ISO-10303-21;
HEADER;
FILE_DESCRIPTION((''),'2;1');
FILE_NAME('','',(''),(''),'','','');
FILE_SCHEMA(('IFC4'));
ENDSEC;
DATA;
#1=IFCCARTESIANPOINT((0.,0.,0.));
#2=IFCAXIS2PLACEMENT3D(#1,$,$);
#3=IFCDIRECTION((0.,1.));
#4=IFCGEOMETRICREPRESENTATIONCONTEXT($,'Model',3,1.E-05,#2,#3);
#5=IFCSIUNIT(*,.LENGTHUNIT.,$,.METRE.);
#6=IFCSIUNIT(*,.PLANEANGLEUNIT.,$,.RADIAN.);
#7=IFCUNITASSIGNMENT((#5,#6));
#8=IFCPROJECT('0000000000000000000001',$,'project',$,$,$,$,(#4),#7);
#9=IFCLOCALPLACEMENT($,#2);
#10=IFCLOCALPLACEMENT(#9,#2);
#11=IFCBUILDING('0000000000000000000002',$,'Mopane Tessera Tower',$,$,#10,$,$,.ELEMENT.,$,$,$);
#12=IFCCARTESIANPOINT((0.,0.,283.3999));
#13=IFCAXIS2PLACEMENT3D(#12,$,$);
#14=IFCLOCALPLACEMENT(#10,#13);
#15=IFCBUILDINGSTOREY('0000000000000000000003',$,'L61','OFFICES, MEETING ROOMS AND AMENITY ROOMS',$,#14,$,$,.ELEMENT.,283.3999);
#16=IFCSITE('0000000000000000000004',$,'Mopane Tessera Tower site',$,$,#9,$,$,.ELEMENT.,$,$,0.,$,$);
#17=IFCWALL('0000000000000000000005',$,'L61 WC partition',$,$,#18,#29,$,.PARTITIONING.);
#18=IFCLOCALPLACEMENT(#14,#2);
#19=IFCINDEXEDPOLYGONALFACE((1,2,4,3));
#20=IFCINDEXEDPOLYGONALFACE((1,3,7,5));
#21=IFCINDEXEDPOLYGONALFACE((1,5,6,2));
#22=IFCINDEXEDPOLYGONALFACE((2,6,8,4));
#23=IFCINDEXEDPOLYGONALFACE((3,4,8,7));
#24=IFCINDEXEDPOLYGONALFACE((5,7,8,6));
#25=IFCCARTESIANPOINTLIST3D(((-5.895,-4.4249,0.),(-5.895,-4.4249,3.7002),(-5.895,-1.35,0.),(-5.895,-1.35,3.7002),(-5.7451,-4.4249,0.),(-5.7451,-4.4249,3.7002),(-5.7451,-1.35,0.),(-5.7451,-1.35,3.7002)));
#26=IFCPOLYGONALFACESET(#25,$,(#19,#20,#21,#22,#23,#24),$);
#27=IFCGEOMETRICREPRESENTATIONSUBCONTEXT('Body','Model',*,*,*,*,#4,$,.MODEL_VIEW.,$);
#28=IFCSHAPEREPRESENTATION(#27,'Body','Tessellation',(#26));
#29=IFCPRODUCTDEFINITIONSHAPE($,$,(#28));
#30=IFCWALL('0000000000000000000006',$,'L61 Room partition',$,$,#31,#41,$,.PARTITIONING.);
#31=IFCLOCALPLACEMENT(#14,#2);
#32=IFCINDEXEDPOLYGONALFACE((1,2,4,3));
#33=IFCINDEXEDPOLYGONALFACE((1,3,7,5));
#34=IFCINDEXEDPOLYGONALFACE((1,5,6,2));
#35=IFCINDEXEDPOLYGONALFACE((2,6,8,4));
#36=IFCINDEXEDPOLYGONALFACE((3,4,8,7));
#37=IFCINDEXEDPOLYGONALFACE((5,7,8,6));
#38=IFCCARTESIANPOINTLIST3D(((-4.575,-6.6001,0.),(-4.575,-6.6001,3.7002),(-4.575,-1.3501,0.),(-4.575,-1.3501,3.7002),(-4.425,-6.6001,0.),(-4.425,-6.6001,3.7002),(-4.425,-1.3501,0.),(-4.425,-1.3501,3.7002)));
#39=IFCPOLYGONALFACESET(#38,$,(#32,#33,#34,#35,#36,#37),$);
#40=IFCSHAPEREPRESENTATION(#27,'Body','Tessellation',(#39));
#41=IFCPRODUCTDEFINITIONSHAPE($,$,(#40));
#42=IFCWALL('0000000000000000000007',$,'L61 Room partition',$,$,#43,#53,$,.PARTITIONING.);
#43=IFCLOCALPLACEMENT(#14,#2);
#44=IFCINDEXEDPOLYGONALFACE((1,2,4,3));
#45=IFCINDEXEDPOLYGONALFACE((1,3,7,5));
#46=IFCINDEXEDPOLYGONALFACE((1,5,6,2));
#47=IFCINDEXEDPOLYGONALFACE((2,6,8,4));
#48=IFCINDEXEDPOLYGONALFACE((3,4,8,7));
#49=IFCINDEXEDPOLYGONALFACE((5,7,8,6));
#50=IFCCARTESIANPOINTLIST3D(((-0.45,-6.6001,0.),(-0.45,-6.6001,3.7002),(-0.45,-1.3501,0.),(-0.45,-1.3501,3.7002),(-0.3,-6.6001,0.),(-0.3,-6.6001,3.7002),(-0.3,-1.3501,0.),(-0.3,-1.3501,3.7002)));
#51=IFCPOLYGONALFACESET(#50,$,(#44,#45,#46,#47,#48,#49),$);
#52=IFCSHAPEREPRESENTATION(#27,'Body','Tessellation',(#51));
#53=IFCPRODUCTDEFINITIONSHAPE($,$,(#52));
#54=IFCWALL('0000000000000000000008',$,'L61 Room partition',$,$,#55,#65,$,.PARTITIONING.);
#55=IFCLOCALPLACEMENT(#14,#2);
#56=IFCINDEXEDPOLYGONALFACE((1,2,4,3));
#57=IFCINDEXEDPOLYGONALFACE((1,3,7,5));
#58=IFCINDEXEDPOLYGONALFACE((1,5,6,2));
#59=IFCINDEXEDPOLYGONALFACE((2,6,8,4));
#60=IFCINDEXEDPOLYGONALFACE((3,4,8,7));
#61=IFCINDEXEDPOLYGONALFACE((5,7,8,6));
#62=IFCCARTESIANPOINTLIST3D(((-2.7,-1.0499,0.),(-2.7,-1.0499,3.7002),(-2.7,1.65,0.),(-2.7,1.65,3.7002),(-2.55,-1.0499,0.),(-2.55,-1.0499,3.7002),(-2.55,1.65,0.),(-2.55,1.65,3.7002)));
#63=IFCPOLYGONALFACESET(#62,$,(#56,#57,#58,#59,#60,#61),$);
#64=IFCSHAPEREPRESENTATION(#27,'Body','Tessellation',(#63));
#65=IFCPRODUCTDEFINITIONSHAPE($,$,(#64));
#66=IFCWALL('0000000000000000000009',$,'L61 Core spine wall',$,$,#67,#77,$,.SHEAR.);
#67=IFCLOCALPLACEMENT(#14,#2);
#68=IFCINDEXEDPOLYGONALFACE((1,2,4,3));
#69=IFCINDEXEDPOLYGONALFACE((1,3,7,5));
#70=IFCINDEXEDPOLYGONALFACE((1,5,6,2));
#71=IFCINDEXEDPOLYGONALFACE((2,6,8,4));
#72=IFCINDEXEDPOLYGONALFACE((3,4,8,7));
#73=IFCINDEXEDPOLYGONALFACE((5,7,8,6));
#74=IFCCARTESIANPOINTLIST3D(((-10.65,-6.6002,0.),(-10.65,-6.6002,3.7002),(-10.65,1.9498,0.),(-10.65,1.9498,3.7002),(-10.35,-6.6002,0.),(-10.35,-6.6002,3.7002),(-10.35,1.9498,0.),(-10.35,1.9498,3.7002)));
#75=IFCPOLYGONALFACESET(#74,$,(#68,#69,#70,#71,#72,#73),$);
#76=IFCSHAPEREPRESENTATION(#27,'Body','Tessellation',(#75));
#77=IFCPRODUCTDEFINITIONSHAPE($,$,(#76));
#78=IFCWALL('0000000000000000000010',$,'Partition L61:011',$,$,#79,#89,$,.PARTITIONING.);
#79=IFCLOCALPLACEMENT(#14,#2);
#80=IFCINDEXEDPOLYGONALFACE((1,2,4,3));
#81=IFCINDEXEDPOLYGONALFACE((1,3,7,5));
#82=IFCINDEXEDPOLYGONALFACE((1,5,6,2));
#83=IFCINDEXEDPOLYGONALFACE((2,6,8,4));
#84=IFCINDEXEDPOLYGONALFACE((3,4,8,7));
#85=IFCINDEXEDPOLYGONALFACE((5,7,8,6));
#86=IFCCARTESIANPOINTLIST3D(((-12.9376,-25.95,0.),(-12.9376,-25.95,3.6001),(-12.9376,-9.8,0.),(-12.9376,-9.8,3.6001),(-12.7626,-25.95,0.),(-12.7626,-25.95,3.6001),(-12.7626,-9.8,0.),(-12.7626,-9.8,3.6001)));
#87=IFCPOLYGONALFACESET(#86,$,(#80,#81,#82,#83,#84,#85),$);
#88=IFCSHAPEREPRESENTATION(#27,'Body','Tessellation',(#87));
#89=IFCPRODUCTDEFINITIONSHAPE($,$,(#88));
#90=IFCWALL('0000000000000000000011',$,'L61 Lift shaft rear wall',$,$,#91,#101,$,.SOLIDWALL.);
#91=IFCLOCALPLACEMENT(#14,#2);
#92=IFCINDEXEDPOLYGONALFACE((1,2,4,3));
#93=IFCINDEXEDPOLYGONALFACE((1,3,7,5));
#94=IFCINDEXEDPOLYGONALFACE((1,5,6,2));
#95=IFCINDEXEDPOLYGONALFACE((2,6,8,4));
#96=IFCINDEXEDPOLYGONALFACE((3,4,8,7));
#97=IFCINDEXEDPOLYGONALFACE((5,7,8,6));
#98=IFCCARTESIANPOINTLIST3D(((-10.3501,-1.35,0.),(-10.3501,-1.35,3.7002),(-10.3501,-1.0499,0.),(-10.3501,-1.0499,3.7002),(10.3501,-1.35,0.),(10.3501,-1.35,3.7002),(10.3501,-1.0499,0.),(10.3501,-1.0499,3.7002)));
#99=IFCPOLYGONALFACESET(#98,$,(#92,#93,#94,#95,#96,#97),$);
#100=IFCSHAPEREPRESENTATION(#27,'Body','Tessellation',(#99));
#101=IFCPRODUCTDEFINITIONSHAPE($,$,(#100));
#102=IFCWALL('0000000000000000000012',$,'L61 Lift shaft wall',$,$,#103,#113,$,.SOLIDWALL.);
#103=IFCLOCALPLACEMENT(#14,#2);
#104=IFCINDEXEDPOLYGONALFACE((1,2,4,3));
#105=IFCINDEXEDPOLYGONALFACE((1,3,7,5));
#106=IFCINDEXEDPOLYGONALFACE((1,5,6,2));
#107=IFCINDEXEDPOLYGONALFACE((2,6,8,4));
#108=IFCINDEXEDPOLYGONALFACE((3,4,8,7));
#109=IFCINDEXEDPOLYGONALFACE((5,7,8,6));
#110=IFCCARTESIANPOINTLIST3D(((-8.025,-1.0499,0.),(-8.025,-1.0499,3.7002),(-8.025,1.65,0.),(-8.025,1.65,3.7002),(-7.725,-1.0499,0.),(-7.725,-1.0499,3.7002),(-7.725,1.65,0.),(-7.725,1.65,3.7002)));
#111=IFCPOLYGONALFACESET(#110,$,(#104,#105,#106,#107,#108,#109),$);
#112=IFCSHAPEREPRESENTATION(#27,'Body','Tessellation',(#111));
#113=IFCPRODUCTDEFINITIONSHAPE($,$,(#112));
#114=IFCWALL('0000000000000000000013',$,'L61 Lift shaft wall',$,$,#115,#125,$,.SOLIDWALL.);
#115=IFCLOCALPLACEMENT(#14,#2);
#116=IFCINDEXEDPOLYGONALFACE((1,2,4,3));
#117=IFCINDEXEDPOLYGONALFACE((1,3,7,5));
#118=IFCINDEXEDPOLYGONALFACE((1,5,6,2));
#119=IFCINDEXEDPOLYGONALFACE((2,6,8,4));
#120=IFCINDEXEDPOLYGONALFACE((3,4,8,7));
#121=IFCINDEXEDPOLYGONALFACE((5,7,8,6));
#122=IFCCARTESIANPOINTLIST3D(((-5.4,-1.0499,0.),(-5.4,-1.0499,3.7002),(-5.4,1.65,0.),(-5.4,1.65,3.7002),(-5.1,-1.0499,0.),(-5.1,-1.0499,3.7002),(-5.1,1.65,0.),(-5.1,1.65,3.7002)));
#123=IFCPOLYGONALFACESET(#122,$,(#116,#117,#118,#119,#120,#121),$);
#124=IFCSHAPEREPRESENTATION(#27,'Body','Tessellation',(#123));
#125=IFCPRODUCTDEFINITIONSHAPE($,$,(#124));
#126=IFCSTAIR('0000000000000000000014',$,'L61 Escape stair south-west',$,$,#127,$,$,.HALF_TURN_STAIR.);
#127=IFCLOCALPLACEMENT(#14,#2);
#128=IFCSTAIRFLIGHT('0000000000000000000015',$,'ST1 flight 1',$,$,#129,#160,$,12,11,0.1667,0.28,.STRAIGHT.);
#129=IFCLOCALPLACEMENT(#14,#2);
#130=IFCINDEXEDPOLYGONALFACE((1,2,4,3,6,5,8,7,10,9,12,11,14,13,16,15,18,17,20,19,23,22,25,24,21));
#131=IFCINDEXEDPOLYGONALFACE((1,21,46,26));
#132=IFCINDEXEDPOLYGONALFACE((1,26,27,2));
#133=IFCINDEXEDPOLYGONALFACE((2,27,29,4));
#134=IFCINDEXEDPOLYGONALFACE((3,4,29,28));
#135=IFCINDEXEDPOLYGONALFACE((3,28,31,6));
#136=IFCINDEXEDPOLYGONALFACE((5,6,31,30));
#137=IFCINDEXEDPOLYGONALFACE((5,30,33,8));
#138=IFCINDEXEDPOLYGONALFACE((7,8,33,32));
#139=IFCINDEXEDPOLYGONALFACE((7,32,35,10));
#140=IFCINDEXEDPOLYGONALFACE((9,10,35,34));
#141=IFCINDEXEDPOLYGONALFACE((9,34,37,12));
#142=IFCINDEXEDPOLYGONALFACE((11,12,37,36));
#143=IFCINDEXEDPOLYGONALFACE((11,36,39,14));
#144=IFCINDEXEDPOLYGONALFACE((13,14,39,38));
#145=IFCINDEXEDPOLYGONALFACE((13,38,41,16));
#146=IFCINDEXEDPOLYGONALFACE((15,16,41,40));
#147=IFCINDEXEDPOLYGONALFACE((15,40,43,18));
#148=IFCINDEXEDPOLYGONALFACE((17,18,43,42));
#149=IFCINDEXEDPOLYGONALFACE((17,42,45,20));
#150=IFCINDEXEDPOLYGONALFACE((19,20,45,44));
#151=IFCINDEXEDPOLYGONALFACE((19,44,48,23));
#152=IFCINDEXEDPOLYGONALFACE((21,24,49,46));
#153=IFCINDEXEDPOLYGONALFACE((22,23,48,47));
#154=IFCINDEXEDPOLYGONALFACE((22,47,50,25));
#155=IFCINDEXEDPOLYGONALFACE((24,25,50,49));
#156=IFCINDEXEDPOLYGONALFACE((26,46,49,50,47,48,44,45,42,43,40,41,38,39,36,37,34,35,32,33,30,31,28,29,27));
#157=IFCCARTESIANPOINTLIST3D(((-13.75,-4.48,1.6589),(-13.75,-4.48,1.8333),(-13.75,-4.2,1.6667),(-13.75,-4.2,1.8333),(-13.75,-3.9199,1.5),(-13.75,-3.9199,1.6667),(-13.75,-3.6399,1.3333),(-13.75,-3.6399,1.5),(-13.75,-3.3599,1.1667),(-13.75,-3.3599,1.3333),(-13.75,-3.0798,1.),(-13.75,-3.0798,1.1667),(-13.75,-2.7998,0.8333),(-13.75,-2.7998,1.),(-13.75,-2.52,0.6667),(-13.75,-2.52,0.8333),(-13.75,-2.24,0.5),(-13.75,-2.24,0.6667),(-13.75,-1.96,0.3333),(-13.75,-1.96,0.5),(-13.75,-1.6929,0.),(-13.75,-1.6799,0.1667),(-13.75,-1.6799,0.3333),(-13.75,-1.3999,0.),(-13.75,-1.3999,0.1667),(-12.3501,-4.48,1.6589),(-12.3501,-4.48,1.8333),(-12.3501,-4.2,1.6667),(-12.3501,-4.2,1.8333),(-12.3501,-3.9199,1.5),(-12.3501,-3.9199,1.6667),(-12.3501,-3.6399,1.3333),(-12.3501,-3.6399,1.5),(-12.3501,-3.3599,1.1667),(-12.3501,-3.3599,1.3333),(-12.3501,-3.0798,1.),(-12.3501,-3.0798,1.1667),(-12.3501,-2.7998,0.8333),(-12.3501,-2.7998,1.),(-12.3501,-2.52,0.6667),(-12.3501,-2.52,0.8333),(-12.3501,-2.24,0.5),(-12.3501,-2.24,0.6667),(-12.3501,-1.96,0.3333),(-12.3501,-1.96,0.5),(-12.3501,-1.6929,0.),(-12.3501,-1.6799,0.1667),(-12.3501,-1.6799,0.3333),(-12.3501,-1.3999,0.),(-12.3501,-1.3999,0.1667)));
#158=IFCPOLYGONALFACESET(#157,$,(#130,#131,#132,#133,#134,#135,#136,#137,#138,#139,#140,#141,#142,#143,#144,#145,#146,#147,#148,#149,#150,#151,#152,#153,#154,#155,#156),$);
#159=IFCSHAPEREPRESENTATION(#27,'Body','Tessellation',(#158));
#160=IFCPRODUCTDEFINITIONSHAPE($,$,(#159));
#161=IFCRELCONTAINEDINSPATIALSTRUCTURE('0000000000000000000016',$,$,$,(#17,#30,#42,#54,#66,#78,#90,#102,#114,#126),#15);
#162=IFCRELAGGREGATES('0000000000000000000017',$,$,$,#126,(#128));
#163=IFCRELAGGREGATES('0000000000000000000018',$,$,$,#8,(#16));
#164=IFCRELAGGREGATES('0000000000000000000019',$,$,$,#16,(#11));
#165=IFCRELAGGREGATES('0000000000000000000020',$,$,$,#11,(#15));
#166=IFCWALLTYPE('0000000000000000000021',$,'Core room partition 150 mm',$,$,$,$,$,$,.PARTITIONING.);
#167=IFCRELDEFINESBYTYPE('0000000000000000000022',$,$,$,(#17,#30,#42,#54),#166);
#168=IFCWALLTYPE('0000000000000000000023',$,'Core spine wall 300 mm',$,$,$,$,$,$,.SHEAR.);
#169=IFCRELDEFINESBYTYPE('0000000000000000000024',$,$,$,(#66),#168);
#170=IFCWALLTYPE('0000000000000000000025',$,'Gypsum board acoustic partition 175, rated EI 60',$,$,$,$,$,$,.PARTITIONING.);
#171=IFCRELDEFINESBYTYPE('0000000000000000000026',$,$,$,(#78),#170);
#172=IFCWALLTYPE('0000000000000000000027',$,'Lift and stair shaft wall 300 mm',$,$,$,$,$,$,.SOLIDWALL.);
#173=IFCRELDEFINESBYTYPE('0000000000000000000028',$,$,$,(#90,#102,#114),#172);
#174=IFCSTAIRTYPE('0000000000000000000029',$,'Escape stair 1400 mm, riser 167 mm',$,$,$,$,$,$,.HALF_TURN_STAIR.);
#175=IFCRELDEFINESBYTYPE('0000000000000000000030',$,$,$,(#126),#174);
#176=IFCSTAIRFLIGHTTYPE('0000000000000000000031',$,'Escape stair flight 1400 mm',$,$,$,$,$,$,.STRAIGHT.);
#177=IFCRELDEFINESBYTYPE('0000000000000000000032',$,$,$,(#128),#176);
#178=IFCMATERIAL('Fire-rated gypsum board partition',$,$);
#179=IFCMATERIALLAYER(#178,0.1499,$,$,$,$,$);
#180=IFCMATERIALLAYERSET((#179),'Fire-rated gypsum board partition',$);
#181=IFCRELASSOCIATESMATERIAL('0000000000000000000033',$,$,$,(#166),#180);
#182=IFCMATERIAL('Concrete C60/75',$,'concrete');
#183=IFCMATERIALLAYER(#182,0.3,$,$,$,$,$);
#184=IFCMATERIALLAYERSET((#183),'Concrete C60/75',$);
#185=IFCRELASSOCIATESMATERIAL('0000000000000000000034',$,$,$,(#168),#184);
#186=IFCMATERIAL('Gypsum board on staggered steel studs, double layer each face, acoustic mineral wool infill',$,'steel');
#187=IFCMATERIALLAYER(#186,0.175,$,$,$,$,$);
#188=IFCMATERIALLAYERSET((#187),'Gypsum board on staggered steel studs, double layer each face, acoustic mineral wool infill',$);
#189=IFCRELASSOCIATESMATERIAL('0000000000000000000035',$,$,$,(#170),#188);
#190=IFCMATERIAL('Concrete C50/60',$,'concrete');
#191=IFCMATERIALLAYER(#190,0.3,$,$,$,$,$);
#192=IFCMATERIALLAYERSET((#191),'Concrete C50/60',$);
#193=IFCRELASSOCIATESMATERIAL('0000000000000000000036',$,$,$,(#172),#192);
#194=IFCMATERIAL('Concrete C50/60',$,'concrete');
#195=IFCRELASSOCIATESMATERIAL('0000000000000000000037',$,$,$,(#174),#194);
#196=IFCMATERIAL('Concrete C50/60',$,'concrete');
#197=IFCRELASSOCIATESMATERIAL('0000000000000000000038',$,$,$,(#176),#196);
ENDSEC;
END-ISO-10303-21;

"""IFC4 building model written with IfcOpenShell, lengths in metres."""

from ifc_helpers import new_model, si_unit, direction, frame, frame_2d, origin, place, context, subcontext, project, spatial, polyline, rectangle, outline, extrude, material, layer, layer_set, type_object, element, aggregate, save


model = new_model("IFC4")

# Units and contexts
model_context = context("Model", 3, precision=1e-05, world=origin(), true_north=direction((0.0, 1.0)))
body_context = subcontext(model_context, "Body", "Model", "MODEL_VIEW")
ifc_project = project(units=[si_unit("LENGTHUNIT", "METRE"), si_unit("PLANEANGLEUNIT", "RADIAN")], contexts=[model_context])

# Site, building, storey
site_placement = place(None, origin())
site = spatial("IfcSite", under=ifc_project, at=site_placement, Name="Mopane Tessera Tower site", CompositionType="ELEMENT", RefElevation=0.0)
building_placement = place(site_placement, origin())
building = spatial("IfcBuilding", under=site, at=building_placement, Name="Mopane Tessera Tower", CompositionType="ELEMENT")
storey_placement = place(building_placement, frame((0.0, 0.0, 283.3999)))
storey = spatial("IfcBuildingStorey", under=building, at=storey_placement, Name="L61", Description="OFFICES, MEETING ROOMS AND AMENITY ROOMS", CompositionType="ELEMENT", Elevation=283.3999)

# Shared definitions
ifc_material_1 = material(Name="Fire-rated gypsum board partition")
ifc_layer_1 = layer(ifc_material_1, 0.1499)
ifc_layer_set_1 = layer_set([ifc_layer_1], Name="Fire-rated gypsum board partition")
wall_type_1 = type_object("IfcWallType", Name="Core room partition 150 mm", PredefinedType="PARTITIONING", material=ifc_layer_set_1)

# Walls
for number, where, z_axis, x_axis, name in (
    (1, (-5.8201, -4.425, 0.0), (0.0, 0.0, 1.0), (0.0, 1.0, 0.0), "L61 WC partition"),
):
    element("IfcWall", number, at=place(storey_placement, frame(where, z_axis=z_axis, x_axis=x_axis)), inside=storey, type_object=wall_type_1, Name=name, PredefinedType="PARTITIONING", context=body_context, shape_type="SweptSolid", body=[
        extrude(rectangle(XDim=3.075, YDim=0.1499, at=frame_2d((1.5376, 0.0))), origin(), (0.0, 0.0, 1.0), 3.7002),
    ])
for number, where, z_axis, x_axis, name in (
    (2, (-4.5, -6.6001, 0.0), (0.0, 0.0, 1.0), (0.0, 1.0, 0.0), "L61 Room partition"),
    (3, (-0.375, -6.6001, 0.0), (0.0, 0.0, 1.0), (0.0, 1.0, 0.0), "L61 Room partition"),
):
    element("IfcWall", number, at=place(storey_placement, frame(where, z_axis=z_axis, x_axis=x_axis)), inside=storey, type_object=wall_type_1, Name=name, PredefinedType="PARTITIONING", context=body_context, shape_type="SweptSolid", body=[
        extrude(rectangle(XDim=5.25, YDim=0.1499, at=frame_2d((2.625, 0.0))), origin(), (0.0, 0.0, 1.0), 3.7002),
    ])
wall_1_placement = place(storey_placement, frame((-2.625, -1.05, 0.0), z_axis=(0.0, 0.0, 1.0), x_axis=(0.0, 1.0, 0.0)))
element("IfcWall", 4, at=wall_1_placement, inside=storey, type_object=wall_type_1, Name="L61 Room partition", PredefinedType="PARTITIONING", context=body_context, shape_type="SweptSolid", body=[
    extrude(rectangle(XDim=2.7, YDim=0.1499, at=frame_2d((1.3501, 0.0))), origin(), (0.0, 0.0, 1.0), 3.7002),
])
ifc_material_2 = material(Name="Concrete C60/75", Category="concrete")
ifc_layer_2 = layer(ifc_material_2, 0.3)
ifc_layer_set_2 = layer_set([ifc_layer_2], Name="Concrete C60/75")
wall_type_2 = type_object("IfcWallType", Name="Core spine wall 300 mm", PredefinedType="SHEAR", material=ifc_layer_set_2)
wall_2_placement = place(storey_placement, frame((-10.5, -6.6001, 0.0), z_axis=(0.0, 0.0, 1.0), x_axis=(0.0, 1.0, 0.0)))
element("IfcWall", 5, at=wall_2_placement, inside=storey, type_object=wall_type_2, Name="L61 Core spine wall", PredefinedType="SHEAR", context=body_context, shape_type="SweptSolid", body=[
    extrude(rectangle(XDim=8.55, YDim=0.3, at=frame_2d((4.2749, 0.0))), origin(), (0.0, 0.0, 1.0), 3.7002),
])
ifc_material_3 = material(Name="Gypsum board on staggered steel studs, double layer each face, acoustic mineral wool infill", Category="steel")
ifc_layer_3 = layer(ifc_material_3, 0.175)
ifc_layer_set_3 = layer_set([ifc_layer_3], Name="Gypsum board on staggered steel studs, double layer each face, acoustic mineral wool infill")
wall_type_3 = type_object("IfcWallType", Name="Gypsum board acoustic partition 175, rated EI 60", PredefinedType="PARTITIONING", material=ifc_layer_set_3)
wall_3_placement = place(storey_placement, frame((-12.8501, -25.95, 0.0), z_axis=(0.0, 0.0, 1.0), x_axis=(0.0, 1.0, 0.0)))
element("IfcWall", 6, at=wall_3_placement, inside=storey, type_object=wall_type_3, Name="Partition L61:011", PredefinedType="PARTITIONING", context=body_context, shape_type="SweptSolid", body=[
    extrude(rectangle(XDim=16.1499, YDim=0.175, at=frame_2d((8.075, 0.0))), origin(), (0.0, 0.0, 1.0), 3.6001),
])
ifc_material_4 = material(Name="Concrete C50/60", Category="concrete")
ifc_layer_4 = layer(ifc_material_4, 0.3)
ifc_layer_set_4 = layer_set([ifc_layer_4], Name="Concrete C50/60")
wall_type_4 = type_object("IfcWallType", Name="Lift and stair shaft wall 300 mm", PredefinedType="SOLIDWALL", material=ifc_layer_set_4)
wall_4_placement = place(storey_placement, frame((-10.3501, -1.2, 0.0), z_axis=(0.0, 0.0, 1.0), x_axis=(1.0, 0.0, 0.0)))
element("IfcWall", 7, at=wall_4_placement, inside=storey, type_object=wall_type_4, Name="L61 Lift shaft rear wall", PredefinedType="SOLIDWALL", context=body_context, shape_type="SweptSolid", body=[
    extrude(rectangle(XDim=20.7002, YDim=0.3, at=frame_2d((10.3501, 0.0))), origin(), (0.0, 0.0, 1.0), 3.7002),
])
for number, where, z_axis, x_axis, name in (
    (8, (-7.875, -1.05, 0.0), (0.0, 0.0, 1.0), (0.0, 1.0, 0.0), "L61 Lift shaft wall"),
    (9, (-5.25, -1.05, 0.0), (0.0, 0.0, 1.0), (0.0, 1.0, 0.0), "L61 Lift shaft wall"),
):
    element("IfcWall", number, at=place(storey_placement, frame(where, z_axis=z_axis, x_axis=x_axis)), inside=storey, type_object=wall_type_4, Name=name, PredefinedType="SOLIDWALL", context=body_context, shape_type="SweptSolid", body=[
        extrude(rectangle(XDim=2.7, YDim=0.3, at=frame_2d((1.3501, 0.0))), origin(), (0.0, 0.0, 1.0), 3.7002),
    ])

# Stair, stair flight
ifc_material_5 = material(Name="Concrete C50/60", Category="concrete")
stair_type = type_object("IfcStairType", Name="Escape stair 1400 mm, riser 167 mm", PredefinedType="HALF_TURN_STAIR", material=ifc_material_5)
stair_placement = place(storey_placement, origin())
stair = element("IfcStair", 10, at=stair_placement, inside=storey, type_object=stair_type, Name="L61 Escape stair south-west", PredefinedType="HALF_TURN_STAIR")
ifc_material_6 = material(Name="Concrete C50/60", Category="concrete")
stair_flight_type = type_object("IfcStairFlightType", Name="Escape stair flight 1400 mm", PredefinedType="STRAIGHT", material=ifc_material_6)
stair_flight_1_placement = place(storey_placement, frame((-13.05, -1.3999, 0.0), z_axis=(0.0, 0.0, 1.0), x_axis=(0.0, -1.0, 0.0)))
stair_flight_1 = element("IfcStairFlight", 11, at=stair_flight_1_placement, type_object=stair_flight_type, Name="ST1 flight 1", NumberOfRisers=12, NumberOfTreads=11, PredefinedType="STRAIGHT", RiserHeight=0.1667, TreadLength=0.28, context=body_context, shape_type="SweptSolid", body=[
    extrude(outline(polyline([(0.0, 0.0), (0.0, 0.1667), (0.28, 0.1667), (0.28, 0.3333), (0.5601, 0.3333), (0.5601, 0.5), (0.8401, 0.5), (0.8401, 0.6667), (1.1201, 0.6667), (1.1201, 0.8333), (1.3999, 0.8333), (1.3999, 1.0), (1.6799, 1.0), (1.6799, 1.1667), (1.96, 1.1667), (1.96, 1.3333), (2.24, 1.3333), (2.24, 1.5), (2.52, 1.5), (2.52, 1.6667), (2.8, 1.6667), (2.8, 1.8333), (3.0801, 1.8333), (3.0801, 2.0), (3.0801, 1.6589), (0.293, 0.0), (0.0, 0.0)])), frame((0.0, 0.7, 0.0), z_axis=(0.0, -1.0, 0.0), x_axis=(1.0, 0.0, 0.0)), (0.0, 0.0, 1.0), 1.3999),
])
aggregate(stair, [stair_flight_1])

save(model, "model.ifc")
